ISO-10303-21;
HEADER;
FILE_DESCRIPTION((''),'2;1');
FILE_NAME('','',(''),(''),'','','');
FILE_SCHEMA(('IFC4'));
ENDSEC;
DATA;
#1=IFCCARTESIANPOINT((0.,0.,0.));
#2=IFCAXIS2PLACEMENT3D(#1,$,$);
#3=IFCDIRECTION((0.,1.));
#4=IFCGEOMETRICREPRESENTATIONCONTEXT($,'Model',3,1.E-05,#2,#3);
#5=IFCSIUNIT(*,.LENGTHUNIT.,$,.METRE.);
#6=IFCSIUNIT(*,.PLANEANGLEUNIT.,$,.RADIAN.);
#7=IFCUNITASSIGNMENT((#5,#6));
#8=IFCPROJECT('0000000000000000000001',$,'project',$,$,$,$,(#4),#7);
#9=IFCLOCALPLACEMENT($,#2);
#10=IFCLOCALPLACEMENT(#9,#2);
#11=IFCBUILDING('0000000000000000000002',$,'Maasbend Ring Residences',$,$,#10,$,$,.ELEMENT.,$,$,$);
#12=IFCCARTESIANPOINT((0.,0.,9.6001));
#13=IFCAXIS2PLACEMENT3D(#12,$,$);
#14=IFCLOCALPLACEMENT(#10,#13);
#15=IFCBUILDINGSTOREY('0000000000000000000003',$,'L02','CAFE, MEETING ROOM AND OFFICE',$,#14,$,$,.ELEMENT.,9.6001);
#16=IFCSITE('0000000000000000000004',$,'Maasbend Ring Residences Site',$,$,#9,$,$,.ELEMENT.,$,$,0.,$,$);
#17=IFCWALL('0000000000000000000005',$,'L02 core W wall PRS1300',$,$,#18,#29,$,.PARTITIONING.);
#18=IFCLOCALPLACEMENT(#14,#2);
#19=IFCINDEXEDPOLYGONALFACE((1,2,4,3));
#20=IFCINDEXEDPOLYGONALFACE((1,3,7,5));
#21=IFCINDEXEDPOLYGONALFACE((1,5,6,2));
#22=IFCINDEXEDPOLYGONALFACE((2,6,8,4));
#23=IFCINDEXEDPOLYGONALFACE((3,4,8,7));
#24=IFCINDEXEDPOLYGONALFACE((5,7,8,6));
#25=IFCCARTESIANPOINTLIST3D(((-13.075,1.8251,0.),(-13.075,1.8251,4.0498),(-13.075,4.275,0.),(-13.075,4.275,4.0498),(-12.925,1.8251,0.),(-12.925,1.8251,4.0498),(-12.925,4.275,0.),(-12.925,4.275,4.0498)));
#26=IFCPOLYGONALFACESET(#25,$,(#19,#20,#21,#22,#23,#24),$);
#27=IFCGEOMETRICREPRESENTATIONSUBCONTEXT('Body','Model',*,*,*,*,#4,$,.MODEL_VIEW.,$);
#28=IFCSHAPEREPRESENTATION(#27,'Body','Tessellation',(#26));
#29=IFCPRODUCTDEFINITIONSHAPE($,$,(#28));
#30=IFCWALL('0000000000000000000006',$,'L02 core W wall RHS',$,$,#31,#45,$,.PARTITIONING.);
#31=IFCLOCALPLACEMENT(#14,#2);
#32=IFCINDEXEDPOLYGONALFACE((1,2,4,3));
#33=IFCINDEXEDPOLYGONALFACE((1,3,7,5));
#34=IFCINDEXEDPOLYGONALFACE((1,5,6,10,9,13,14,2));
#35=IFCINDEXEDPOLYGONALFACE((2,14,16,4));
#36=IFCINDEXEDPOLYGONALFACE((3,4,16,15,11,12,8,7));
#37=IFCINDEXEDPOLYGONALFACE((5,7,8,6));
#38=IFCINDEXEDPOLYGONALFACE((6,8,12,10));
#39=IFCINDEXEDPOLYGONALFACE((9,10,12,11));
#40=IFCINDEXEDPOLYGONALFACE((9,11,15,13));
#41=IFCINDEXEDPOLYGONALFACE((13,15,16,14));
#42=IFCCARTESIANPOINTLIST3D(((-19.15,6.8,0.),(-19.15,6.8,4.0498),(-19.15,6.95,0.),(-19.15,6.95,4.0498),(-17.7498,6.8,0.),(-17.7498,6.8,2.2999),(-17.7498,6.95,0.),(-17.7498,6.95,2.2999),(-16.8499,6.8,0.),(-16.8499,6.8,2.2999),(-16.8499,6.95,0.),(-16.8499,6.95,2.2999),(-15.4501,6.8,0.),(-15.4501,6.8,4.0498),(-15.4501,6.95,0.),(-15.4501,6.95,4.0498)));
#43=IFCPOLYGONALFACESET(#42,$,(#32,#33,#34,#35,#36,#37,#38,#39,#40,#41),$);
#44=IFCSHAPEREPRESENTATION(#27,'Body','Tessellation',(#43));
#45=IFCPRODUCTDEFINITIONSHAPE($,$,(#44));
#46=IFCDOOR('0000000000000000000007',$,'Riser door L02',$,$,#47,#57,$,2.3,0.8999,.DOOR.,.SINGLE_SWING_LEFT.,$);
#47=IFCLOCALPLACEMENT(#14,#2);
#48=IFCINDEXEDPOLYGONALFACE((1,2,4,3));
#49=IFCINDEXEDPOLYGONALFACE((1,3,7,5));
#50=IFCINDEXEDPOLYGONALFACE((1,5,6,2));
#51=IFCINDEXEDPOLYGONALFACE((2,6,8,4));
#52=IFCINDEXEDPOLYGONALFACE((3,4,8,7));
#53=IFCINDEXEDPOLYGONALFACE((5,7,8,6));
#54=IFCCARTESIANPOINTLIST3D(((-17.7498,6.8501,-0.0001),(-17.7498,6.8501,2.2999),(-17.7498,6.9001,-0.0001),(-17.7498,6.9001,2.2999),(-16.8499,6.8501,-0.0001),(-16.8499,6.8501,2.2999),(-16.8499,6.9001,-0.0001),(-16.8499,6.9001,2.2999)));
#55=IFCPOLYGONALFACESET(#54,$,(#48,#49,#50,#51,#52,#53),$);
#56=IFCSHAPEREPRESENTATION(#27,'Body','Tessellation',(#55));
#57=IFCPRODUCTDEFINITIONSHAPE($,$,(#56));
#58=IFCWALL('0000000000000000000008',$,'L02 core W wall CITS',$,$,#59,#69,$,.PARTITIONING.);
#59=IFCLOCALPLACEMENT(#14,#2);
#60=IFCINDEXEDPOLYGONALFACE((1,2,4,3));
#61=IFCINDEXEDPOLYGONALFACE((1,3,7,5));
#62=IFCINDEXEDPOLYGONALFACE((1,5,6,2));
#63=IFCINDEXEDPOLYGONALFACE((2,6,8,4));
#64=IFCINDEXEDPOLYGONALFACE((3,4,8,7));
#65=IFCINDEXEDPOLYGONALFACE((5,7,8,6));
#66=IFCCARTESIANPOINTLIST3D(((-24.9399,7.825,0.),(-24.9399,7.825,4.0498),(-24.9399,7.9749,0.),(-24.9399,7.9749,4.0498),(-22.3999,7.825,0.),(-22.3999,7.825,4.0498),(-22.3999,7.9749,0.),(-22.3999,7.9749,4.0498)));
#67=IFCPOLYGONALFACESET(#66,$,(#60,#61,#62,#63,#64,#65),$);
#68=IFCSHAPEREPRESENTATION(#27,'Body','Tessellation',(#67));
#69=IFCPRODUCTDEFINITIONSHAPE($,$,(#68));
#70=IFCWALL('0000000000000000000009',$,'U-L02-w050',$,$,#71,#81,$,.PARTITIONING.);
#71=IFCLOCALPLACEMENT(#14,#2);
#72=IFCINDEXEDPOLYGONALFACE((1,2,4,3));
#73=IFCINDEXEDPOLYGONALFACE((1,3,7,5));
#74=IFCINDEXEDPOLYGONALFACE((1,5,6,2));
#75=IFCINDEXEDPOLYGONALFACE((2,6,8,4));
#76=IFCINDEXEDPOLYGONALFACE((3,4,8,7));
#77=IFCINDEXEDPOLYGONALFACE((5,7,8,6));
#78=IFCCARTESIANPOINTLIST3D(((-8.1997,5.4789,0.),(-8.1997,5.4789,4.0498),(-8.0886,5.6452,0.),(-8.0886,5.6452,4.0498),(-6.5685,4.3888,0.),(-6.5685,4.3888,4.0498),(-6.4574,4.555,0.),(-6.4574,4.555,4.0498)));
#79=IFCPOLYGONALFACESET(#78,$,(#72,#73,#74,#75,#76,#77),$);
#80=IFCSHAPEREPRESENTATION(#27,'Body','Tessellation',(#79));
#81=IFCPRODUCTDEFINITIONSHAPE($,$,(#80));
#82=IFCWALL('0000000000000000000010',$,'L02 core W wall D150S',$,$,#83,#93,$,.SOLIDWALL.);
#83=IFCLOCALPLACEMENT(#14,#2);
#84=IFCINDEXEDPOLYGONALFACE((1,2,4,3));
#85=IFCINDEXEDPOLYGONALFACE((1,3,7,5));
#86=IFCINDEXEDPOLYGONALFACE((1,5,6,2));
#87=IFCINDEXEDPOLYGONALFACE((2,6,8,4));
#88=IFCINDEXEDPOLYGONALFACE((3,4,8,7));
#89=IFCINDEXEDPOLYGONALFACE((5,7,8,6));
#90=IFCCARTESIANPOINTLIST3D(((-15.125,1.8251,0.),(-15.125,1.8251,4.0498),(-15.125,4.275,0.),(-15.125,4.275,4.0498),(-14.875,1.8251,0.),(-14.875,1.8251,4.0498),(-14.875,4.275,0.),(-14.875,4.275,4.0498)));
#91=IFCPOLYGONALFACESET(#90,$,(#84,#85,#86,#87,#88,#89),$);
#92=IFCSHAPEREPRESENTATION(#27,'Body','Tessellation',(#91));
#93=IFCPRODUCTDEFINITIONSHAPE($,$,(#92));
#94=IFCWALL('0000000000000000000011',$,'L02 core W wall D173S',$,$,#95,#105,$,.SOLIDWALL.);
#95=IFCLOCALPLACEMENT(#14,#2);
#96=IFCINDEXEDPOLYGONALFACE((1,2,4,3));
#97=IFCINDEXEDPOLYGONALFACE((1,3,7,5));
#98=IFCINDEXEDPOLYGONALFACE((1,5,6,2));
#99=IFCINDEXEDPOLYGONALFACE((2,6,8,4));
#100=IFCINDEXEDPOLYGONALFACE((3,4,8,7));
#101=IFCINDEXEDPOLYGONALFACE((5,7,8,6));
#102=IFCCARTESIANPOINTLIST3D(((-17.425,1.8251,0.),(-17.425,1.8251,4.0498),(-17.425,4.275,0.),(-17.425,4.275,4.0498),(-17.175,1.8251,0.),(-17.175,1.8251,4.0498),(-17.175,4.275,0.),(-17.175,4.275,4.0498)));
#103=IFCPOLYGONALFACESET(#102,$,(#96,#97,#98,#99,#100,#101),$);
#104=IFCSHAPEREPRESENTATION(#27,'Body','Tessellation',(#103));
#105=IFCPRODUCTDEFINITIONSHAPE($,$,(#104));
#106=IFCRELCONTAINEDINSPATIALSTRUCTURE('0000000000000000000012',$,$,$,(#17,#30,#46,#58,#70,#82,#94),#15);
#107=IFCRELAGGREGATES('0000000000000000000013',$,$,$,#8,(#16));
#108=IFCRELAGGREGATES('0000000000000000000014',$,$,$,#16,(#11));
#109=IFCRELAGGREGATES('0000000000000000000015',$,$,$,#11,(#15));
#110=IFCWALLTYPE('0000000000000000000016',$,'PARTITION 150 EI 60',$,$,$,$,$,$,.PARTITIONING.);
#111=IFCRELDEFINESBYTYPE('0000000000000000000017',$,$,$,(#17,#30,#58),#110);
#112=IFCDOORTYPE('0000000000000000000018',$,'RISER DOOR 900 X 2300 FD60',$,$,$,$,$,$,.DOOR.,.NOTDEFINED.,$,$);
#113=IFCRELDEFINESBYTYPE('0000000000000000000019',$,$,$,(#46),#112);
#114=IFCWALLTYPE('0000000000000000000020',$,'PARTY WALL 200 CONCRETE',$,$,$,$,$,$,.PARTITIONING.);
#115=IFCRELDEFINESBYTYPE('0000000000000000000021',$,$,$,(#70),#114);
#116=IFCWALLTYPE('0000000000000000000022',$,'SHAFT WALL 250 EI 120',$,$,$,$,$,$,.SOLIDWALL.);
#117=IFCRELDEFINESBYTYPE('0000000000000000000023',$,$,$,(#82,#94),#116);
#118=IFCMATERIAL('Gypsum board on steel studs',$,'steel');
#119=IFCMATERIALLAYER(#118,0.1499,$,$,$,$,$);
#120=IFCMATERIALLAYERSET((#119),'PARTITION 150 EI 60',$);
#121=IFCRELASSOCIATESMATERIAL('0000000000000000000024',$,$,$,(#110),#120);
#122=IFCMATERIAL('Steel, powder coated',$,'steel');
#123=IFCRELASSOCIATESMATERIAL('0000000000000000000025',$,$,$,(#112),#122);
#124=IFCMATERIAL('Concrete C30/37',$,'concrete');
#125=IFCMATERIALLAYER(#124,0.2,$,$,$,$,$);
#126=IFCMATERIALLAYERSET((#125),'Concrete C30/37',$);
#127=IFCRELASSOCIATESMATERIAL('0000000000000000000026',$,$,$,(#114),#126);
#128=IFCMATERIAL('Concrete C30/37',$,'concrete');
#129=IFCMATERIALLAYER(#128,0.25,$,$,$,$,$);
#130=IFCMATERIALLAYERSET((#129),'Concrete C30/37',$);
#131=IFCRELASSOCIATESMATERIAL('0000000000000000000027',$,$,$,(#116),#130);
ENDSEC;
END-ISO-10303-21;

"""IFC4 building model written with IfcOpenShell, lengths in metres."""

from ifc_helpers import new_model, si_unit, direction, frame, frame_2d, origin, place, context, subcontext, project, spatial, rectangle, extrude, material, layer, layer_set, type_object, element, fill, save


model = new_model("IFC4")

# Units and contexts
model_context = context("Model", 3, precision=1e-05, world=origin(), true_north=direction((0.0, 1.0)))
body_context = subcontext(model_context, "Body", "Model", "MODEL_VIEW")
ifc_project = project(units=[si_unit("LENGTHUNIT", "METRE"), si_unit("PLANEANGLEUNIT", "RADIAN")], contexts=[model_context])

# Site, building, storey
site_placement = place(None, origin())
site = spatial("IfcSite", under=ifc_project, at=site_placement, Name="Maasbend Ring Residences Site", CompositionType="ELEMENT", RefElevation=0.0)
building_placement = place(site_placement, origin())
building = spatial("IfcBuilding", under=site, at=building_placement, Name="Maasbend Ring Residences", CompositionType="ELEMENT")
storey_placement = place(building_placement, frame((0.0, 0.0, 9.6001)))
storey = spatial("IfcBuildingStorey", under=building, at=storey_placement, Name="L02", Description="CAFE, MEETING ROOM AND OFFICE", CompositionType="ELEMENT", Elevation=9.6001)

# Wall
ifc_material_1 = material(Name="Gypsum board on steel studs", Category="steel")
ifc_layer_1 = layer(ifc_material_1, 0.1499)
ifc_layer_set_1 = layer_set([ifc_layer_1], Name="PARTITION 150 EI 60")
wall_type_1 = type_object("IfcWallType", Name="PARTITION 150 EI 60", PredefinedType="PARTITIONING", material=ifc_layer_set_1)
for number, where, z_axis, x_axis, name in (
    (1, (-13.0, 1.825, 0.0), (0.0, 0.0, 1.0), (0.0, 1.0, 0.0), "L02 core W wall PRS1300"),
):
    element("IfcWall", number, at=place(storey_placement, frame(where, z_axis=z_axis, x_axis=x_axis)), inside=storey, type_object=wall_type_1, Name=name, PredefinedType="PARTITIONING", context=body_context, shape_type="SweptSolid", body=[
        extrude(rectangle(XDim=2.45, YDim=0.1499, at=frame_2d((1.2251, 0.0))), origin(), (0.0, 0.0, 1.0), 4.0498),
    ])

# Wall, opening, door
wall_1_placement = place(storey_placement, frame((-15.45, 6.875, 0.0), z_axis=(0.0, 0.0, 1.0), x_axis=(-1.0, 0.0, 0.0)))
wall_1 = element("IfcWall", 2, at=wall_1_placement, inside=storey, type_object=wall_type_1, Name="L02 core W wall RHS", PredefinedType="PARTITIONING", context=body_context, shape_type="SweptSolid", body=[
    extrude(rectangle(XDim=3.7, YDim=0.1499, at=frame_2d((1.8501, 0.0))), origin(), (0.0, 0.0, 1.0), 4.0498),
])
opening_1_placement = place(wall_1_placement, frame((1.3999, 0.0, 0.0)))
opening_1 = element("IfcOpeningElement", 3, at=opening_1_placement, cuts=wall_1, PredefinedType="OPENING", context=body_context, shape_type="SweptSolid", body=[
    extrude(rectangle(XDim=0.8999, YDim=2.3, at=frame_2d((0.45, 1.1499))), frame((0.0, 0.085, 0.0), z_axis=(0.0, -1.0, 0.0), x_axis=(1.0, 0.0, 0.0)), (0.0, 0.0, 1.0), 0.1699),
])
ifc_material_2 = material(Name="Steel, powder coated", Category="steel")
door_type_1 = type_object("IfcDoorType", Name="RISER DOOR 900 X 2300 FD60", OperationType="NOTDEFINED", PredefinedType="DOOR", material=ifc_material_2)
door_1_placement = place(opening_1_placement, origin())
door_1 = element("IfcDoor", 4, at=door_1_placement, inside=storey, type_object=door_type_1, Name="Riser door L02", OperationType="SINGLE_SWING_LEFT", OverallHeight=2.3, OverallWidth=0.8999, PredefinedType="DOOR", context=body_context, shape_type="SweptSolid", body=[
    extrude(rectangle(XDim=0.8999, YDim=2.3, at=frame_2d((0.45, 1.1499))), frame((0.0, 0.0249, 0.0), z_axis=(0.0, -1.0, 0.0), x_axis=(1.0, 0.0, 0.0)), (0.0, 0.0, 1.0), 0.05),
])
fill(opening_1, door_1)

# Walls
wall_2_placement = place(storey_placement, frame((-22.3999, 7.8999, 0.0), z_axis=(0.0, 0.0, 1.0), x_axis=(-1.0, 0.0, 0.0)))
element("IfcWall", 5, at=wall_2_placement, inside=storey, type_object=wall_type_1, Name="L02 core W wall CITS", PredefinedType="PARTITIONING", context=body_context, shape_type="SweptSolid", body=[
    extrude(rectangle(XDim=2.54, YDim=0.1499, at=frame_2d((1.27, 0.0))), origin(), (0.0, 0.0, 1.0), 4.0498),
])
ifc_material_3 = material(Name="Concrete C30/37", Category="concrete")
ifc_layer_2 = layer(ifc_material_3, 0.2)
ifc_layer_set_2 = layer_set([ifc_layer_2], Name="Concrete C30/37")
wall_type_2 = type_object("IfcWallType", Name="PARTY WALL 200 CONCRETE", PredefinedType="PARTITIONING", material=ifc_layer_set_2)
wall_3_placement = place(storey_placement, frame((-6.5129, 4.4719, 0.0), z_axis=(0.0, 0.0, 1.0), x_axis=(-0.831418, 0.555648, 0.0)))
element("IfcWall", 6, at=wall_3_placement, inside=storey, type_object=wall_type_2, Name="U-L02-w050", PredefinedType="PARTITIONING", context=body_context, shape_type="SweptSolid", body=[
    extrude(rectangle(XDim=1.9619, YDim=0.2, at=frame_2d((0.981, 0.0))), origin(), (0.0, 0.0, 1.0), 4.0498),
])
ifc_material_4 = material(Name="Concrete C30/37", Category="concrete")
ifc_layer_3 = layer(ifc_material_4, 0.25)
ifc_layer_set_3 = layer_set([ifc_layer_3], Name="Concrete C30/37")
wall_type_3 = type_object("IfcWallType", Name="SHAFT WALL 250 EI 120", PredefinedType="SOLIDWALL", material=ifc_layer_set_3)
for number, where, z_axis, x_axis, name in (
    (7, (-15.0, 1.825, 0.0), (0.0, 0.0, 1.0), (0.0, 1.0, 0.0), "L02 core W wall D150S"),
    (8, (-17.3, 1.825, 0.0), (0.0, 0.0, 1.0), (0.0, 1.0, 0.0), "L02 core W wall D173S"),
):
    element("IfcWall", number, at=place(storey_placement, frame(where, z_axis=z_axis, x_axis=x_axis)), inside=storey, type_object=wall_type_3, Name=name, PredefinedType="SOLIDWALL", context=body_context, shape_type="SweptSolid", body=[
        extrude(rectangle(XDim=2.45, YDim=0.25, at=frame_2d((1.2251, 0.0))), origin(), (0.0, 0.0, 1.0), 4.0498),
    ])

save(model, "model.ifc")
